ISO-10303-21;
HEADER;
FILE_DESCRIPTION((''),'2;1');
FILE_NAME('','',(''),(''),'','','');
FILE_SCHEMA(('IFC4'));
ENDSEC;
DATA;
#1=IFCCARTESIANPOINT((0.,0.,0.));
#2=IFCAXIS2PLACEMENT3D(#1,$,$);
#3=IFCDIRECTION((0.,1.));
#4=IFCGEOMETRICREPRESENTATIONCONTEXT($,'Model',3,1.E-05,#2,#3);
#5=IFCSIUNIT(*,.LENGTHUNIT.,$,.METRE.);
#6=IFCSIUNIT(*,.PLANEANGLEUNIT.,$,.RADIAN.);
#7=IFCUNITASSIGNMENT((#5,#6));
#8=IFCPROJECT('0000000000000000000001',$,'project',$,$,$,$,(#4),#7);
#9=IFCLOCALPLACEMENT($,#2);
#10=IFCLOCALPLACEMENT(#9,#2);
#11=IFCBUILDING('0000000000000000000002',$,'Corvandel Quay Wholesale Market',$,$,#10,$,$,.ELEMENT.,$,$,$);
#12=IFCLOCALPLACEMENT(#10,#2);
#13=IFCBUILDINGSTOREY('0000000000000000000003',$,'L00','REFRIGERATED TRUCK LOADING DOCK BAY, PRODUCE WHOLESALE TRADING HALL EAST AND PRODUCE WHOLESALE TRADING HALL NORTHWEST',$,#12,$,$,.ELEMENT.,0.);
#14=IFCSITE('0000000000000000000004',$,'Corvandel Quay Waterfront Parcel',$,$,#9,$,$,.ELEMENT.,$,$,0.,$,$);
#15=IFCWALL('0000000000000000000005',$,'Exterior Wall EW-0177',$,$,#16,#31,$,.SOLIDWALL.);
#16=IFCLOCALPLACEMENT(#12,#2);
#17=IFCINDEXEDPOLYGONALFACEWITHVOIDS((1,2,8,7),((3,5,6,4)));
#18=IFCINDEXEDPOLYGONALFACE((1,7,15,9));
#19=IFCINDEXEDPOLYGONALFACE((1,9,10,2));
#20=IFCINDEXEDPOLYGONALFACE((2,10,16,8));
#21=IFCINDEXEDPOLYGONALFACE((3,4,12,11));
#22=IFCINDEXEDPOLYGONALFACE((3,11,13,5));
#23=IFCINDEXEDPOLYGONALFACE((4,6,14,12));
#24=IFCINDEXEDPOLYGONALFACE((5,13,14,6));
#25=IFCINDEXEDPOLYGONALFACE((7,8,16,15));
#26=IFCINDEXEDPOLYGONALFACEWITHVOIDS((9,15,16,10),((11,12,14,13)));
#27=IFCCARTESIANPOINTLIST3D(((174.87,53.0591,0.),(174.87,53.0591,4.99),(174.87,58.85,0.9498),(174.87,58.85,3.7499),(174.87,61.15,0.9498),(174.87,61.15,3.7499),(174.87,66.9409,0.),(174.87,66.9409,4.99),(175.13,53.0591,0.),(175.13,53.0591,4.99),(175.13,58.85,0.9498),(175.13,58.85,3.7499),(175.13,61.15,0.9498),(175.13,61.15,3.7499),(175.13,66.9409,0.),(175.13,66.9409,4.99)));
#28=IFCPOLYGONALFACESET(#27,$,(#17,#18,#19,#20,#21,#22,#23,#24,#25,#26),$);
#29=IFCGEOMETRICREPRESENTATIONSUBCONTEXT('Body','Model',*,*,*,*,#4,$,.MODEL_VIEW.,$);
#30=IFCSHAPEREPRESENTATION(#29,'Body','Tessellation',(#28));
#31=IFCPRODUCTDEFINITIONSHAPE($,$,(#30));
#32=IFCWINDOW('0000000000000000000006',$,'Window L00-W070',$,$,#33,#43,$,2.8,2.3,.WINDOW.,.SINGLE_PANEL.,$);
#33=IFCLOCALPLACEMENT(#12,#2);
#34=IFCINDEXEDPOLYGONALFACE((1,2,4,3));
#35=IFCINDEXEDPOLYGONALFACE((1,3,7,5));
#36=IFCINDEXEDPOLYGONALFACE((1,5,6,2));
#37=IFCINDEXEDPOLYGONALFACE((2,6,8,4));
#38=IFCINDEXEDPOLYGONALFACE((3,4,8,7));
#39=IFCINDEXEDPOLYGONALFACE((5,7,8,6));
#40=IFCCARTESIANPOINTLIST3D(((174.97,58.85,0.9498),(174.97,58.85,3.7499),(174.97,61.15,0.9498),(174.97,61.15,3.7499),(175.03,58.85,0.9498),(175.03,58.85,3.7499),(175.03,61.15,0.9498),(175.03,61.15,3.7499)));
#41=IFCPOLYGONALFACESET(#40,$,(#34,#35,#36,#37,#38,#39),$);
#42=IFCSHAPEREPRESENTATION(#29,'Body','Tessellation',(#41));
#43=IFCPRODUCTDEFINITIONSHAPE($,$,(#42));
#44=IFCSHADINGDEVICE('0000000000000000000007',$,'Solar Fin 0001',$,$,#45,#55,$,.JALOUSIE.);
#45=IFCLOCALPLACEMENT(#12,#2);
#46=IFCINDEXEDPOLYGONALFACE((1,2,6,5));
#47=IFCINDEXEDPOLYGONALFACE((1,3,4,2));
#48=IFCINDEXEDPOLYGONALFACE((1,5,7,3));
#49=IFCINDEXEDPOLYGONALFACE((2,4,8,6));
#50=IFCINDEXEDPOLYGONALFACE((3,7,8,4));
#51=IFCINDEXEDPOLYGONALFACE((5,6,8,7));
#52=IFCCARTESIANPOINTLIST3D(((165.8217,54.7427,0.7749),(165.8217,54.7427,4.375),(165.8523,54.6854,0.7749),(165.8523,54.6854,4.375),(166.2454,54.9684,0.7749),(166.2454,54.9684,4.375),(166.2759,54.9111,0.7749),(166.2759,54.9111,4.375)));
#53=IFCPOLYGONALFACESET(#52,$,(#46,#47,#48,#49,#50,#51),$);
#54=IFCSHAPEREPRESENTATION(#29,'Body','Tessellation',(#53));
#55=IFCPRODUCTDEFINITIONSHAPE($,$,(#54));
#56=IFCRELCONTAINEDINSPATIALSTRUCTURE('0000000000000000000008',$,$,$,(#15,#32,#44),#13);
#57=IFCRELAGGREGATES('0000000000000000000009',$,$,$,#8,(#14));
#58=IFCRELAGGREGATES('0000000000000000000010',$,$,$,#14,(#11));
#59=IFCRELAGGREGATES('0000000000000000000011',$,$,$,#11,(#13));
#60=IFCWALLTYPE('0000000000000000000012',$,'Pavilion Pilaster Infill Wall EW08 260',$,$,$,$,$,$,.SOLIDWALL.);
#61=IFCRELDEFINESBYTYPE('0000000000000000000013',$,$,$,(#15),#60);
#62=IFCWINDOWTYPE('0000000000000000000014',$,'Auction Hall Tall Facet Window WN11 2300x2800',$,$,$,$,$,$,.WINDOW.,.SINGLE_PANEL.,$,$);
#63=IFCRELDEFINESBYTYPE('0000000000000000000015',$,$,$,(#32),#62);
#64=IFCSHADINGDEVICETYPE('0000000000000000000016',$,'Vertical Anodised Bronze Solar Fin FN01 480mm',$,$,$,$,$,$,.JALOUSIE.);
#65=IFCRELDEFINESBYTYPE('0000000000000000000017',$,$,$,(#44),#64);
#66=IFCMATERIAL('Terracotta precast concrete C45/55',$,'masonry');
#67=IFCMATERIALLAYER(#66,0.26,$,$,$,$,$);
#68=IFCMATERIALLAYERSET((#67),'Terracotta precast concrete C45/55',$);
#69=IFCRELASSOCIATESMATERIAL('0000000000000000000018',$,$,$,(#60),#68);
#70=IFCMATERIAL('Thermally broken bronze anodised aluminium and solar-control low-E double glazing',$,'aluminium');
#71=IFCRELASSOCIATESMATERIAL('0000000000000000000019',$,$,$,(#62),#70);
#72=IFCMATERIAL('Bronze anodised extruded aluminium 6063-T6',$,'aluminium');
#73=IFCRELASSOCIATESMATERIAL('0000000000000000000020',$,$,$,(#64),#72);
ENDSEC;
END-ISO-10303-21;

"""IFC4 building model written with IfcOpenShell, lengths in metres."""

from ifc_helpers import new_model, si_unit, direction, frame, frame_2d, origin, origin_2d, place, context, subcontext, project, spatial, rectangle, extrude, material, layer, layer_set, type_object, element, fill, save


model = new_model("IFC4")

# Units and contexts
model_context = context("Model", 3, precision=1e-05, world=origin(), true_north=direction((0.0, 1.0)))
body_context = subcontext(model_context, "Body", "Model", "MODEL_VIEW")
ifc_project = project(units=[si_unit("LENGTHUNIT", "METRE"), si_unit("PLANEANGLEUNIT", "RADIAN")], contexts=[model_context])

# Site, building, storey
site_placement = place(None, origin())
site = spatial("IfcSite", under=ifc_project, at=site_placement, Name="Corvandel Quay Waterfront Parcel", CompositionType="ELEMENT", RefElevation=0.0)
building_placement = place(site_placement, origin())
building = spatial("IfcBuilding", under=site, at=building_placement, Name="Corvandel Quay Wholesale Market", CompositionType="ELEMENT")
storey_placement = place(building_placement, origin())
storey = spatial("IfcBuildingStorey", under=building, at=storey_placement, Name="L00", Description="REFRIGERATED TRUCK LOADING DOCK BAY, PRODUCE WHOLESALE TRADING HALL EAST AND PRODUCE WHOLESALE TRADING HALL NORTHWEST", CompositionType="ELEMENT", Elevation=0.0)

# Wall, opening, window
ifc_material_1 = material(Name="Terracotta precast concrete C45/55", Category="masonry")
ifc_layer_1 = layer(ifc_material_1, 0.26)
ifc_layer_set_1 = layer_set([ifc_layer_1], Name="Terracotta precast concrete C45/55")
wall_type = type_object("IfcWallType", Name="Pavilion Pilaster Infill Wall EW08 260", PredefinedType="SOLIDWALL", material=ifc_layer_set_1)
wall_placement = place(storey_placement, frame((175.0, 66.9409, 0.0), z_axis=(0.0, 0.0, 1.0), x_axis=(0.0, -1.0, 0.0)))
wall = element("IfcWall", 1, at=wall_placement, inside=storey, type_object=wall_type, Name="Exterior Wall EW-0177", PredefinedType="SOLIDWALL", context=body_context, shape_type="SweptSolid", body=[
    extrude(rectangle(XDim=13.8818, YDim=0.26, at=frame_2d((6.9409, 0.0))), origin(), (0.0, 0.0, 1.0), 4.99),
])
opening_placement = place(wall_placement, frame((5.791, 0.0, 0.95)))
opening = element("IfcOpeningElement", 2, at=opening_placement, cuts=wall, PredefinedType="OPENING", context=body_context, shape_type="SweptSolid", body=[
    extrude(rectangle(XDim=2.3, YDim=2.8, at=frame_2d((1.1499, 1.3999))), frame((0.0, 0.1399, 0.0), z_axis=(0.0, -1.0, 0.0), x_axis=(1.0, 0.0, 0.0)), (0.0, 0.0, 1.0), 0.28),
])
ifc_material_2 = material(Name="Thermally broken bronze anodised aluminium and solar-control low-E double glazing", Category="aluminium")
window_type = type_object("IfcWindowType", Name="Auction Hall Tall Facet Window WN11 2300x2800", PartitioningType="SINGLE_PANEL", PredefinedType="WINDOW", material=ifc_material_2)
window_placement = place(opening_placement, origin())
window = element("IfcWindow", 3, at=window_placement, inside=storey, type_object=window_type, Name="Window L00-W070", OverallHeight=2.8, OverallWidth=2.3, PartitioningType="SINGLE_PANEL", PredefinedType="WINDOW", context=body_context, shape_type="SweptSolid", body=[
    extrude(rectangle(XDim=2.3, YDim=2.8, at=frame_2d((1.1499, 1.3999))), frame((0.0, 0.03, 0.0), z_axis=(0.0, -1.0, 0.0), x_axis=(1.0, 0.0, 0.0)), (0.0, 0.0, 1.0), 0.0601),
])
fill(opening, window)

# Shading device
ifc_material_3 = material(Name="Bronze anodised extruded aluminium 6063-T6", Category="aluminium")
shading_device_type = type_object("IfcShadingDeviceType", Name="Vertical Anodised Bronze Solar Fin FN01 480mm", PredefinedType="JALOUSIE", material=ifc_material_3)
shading_device_placement = place(storey_placement, frame((166.0488, 54.8269, 0.7749), z_axis=(0.0, 0.0, 1.0), x_axis=(0.88262, 0.470088, 0.0)))
element("IfcShadingDevice", 4, at=shading_device_placement, inside=storey, type_object=shading_device_type, Name="Solar Fin 0001", PredefinedType="JALOUSIE", context=body_context, shape_type="SweptSolid", body=[
    extrude(rectangle(XDim=0.48, YDim=0.0649, at=origin_2d()), origin(), (0.0, 0.0, 1.0), 3.6001),
])

save(model, "model.ifc")
